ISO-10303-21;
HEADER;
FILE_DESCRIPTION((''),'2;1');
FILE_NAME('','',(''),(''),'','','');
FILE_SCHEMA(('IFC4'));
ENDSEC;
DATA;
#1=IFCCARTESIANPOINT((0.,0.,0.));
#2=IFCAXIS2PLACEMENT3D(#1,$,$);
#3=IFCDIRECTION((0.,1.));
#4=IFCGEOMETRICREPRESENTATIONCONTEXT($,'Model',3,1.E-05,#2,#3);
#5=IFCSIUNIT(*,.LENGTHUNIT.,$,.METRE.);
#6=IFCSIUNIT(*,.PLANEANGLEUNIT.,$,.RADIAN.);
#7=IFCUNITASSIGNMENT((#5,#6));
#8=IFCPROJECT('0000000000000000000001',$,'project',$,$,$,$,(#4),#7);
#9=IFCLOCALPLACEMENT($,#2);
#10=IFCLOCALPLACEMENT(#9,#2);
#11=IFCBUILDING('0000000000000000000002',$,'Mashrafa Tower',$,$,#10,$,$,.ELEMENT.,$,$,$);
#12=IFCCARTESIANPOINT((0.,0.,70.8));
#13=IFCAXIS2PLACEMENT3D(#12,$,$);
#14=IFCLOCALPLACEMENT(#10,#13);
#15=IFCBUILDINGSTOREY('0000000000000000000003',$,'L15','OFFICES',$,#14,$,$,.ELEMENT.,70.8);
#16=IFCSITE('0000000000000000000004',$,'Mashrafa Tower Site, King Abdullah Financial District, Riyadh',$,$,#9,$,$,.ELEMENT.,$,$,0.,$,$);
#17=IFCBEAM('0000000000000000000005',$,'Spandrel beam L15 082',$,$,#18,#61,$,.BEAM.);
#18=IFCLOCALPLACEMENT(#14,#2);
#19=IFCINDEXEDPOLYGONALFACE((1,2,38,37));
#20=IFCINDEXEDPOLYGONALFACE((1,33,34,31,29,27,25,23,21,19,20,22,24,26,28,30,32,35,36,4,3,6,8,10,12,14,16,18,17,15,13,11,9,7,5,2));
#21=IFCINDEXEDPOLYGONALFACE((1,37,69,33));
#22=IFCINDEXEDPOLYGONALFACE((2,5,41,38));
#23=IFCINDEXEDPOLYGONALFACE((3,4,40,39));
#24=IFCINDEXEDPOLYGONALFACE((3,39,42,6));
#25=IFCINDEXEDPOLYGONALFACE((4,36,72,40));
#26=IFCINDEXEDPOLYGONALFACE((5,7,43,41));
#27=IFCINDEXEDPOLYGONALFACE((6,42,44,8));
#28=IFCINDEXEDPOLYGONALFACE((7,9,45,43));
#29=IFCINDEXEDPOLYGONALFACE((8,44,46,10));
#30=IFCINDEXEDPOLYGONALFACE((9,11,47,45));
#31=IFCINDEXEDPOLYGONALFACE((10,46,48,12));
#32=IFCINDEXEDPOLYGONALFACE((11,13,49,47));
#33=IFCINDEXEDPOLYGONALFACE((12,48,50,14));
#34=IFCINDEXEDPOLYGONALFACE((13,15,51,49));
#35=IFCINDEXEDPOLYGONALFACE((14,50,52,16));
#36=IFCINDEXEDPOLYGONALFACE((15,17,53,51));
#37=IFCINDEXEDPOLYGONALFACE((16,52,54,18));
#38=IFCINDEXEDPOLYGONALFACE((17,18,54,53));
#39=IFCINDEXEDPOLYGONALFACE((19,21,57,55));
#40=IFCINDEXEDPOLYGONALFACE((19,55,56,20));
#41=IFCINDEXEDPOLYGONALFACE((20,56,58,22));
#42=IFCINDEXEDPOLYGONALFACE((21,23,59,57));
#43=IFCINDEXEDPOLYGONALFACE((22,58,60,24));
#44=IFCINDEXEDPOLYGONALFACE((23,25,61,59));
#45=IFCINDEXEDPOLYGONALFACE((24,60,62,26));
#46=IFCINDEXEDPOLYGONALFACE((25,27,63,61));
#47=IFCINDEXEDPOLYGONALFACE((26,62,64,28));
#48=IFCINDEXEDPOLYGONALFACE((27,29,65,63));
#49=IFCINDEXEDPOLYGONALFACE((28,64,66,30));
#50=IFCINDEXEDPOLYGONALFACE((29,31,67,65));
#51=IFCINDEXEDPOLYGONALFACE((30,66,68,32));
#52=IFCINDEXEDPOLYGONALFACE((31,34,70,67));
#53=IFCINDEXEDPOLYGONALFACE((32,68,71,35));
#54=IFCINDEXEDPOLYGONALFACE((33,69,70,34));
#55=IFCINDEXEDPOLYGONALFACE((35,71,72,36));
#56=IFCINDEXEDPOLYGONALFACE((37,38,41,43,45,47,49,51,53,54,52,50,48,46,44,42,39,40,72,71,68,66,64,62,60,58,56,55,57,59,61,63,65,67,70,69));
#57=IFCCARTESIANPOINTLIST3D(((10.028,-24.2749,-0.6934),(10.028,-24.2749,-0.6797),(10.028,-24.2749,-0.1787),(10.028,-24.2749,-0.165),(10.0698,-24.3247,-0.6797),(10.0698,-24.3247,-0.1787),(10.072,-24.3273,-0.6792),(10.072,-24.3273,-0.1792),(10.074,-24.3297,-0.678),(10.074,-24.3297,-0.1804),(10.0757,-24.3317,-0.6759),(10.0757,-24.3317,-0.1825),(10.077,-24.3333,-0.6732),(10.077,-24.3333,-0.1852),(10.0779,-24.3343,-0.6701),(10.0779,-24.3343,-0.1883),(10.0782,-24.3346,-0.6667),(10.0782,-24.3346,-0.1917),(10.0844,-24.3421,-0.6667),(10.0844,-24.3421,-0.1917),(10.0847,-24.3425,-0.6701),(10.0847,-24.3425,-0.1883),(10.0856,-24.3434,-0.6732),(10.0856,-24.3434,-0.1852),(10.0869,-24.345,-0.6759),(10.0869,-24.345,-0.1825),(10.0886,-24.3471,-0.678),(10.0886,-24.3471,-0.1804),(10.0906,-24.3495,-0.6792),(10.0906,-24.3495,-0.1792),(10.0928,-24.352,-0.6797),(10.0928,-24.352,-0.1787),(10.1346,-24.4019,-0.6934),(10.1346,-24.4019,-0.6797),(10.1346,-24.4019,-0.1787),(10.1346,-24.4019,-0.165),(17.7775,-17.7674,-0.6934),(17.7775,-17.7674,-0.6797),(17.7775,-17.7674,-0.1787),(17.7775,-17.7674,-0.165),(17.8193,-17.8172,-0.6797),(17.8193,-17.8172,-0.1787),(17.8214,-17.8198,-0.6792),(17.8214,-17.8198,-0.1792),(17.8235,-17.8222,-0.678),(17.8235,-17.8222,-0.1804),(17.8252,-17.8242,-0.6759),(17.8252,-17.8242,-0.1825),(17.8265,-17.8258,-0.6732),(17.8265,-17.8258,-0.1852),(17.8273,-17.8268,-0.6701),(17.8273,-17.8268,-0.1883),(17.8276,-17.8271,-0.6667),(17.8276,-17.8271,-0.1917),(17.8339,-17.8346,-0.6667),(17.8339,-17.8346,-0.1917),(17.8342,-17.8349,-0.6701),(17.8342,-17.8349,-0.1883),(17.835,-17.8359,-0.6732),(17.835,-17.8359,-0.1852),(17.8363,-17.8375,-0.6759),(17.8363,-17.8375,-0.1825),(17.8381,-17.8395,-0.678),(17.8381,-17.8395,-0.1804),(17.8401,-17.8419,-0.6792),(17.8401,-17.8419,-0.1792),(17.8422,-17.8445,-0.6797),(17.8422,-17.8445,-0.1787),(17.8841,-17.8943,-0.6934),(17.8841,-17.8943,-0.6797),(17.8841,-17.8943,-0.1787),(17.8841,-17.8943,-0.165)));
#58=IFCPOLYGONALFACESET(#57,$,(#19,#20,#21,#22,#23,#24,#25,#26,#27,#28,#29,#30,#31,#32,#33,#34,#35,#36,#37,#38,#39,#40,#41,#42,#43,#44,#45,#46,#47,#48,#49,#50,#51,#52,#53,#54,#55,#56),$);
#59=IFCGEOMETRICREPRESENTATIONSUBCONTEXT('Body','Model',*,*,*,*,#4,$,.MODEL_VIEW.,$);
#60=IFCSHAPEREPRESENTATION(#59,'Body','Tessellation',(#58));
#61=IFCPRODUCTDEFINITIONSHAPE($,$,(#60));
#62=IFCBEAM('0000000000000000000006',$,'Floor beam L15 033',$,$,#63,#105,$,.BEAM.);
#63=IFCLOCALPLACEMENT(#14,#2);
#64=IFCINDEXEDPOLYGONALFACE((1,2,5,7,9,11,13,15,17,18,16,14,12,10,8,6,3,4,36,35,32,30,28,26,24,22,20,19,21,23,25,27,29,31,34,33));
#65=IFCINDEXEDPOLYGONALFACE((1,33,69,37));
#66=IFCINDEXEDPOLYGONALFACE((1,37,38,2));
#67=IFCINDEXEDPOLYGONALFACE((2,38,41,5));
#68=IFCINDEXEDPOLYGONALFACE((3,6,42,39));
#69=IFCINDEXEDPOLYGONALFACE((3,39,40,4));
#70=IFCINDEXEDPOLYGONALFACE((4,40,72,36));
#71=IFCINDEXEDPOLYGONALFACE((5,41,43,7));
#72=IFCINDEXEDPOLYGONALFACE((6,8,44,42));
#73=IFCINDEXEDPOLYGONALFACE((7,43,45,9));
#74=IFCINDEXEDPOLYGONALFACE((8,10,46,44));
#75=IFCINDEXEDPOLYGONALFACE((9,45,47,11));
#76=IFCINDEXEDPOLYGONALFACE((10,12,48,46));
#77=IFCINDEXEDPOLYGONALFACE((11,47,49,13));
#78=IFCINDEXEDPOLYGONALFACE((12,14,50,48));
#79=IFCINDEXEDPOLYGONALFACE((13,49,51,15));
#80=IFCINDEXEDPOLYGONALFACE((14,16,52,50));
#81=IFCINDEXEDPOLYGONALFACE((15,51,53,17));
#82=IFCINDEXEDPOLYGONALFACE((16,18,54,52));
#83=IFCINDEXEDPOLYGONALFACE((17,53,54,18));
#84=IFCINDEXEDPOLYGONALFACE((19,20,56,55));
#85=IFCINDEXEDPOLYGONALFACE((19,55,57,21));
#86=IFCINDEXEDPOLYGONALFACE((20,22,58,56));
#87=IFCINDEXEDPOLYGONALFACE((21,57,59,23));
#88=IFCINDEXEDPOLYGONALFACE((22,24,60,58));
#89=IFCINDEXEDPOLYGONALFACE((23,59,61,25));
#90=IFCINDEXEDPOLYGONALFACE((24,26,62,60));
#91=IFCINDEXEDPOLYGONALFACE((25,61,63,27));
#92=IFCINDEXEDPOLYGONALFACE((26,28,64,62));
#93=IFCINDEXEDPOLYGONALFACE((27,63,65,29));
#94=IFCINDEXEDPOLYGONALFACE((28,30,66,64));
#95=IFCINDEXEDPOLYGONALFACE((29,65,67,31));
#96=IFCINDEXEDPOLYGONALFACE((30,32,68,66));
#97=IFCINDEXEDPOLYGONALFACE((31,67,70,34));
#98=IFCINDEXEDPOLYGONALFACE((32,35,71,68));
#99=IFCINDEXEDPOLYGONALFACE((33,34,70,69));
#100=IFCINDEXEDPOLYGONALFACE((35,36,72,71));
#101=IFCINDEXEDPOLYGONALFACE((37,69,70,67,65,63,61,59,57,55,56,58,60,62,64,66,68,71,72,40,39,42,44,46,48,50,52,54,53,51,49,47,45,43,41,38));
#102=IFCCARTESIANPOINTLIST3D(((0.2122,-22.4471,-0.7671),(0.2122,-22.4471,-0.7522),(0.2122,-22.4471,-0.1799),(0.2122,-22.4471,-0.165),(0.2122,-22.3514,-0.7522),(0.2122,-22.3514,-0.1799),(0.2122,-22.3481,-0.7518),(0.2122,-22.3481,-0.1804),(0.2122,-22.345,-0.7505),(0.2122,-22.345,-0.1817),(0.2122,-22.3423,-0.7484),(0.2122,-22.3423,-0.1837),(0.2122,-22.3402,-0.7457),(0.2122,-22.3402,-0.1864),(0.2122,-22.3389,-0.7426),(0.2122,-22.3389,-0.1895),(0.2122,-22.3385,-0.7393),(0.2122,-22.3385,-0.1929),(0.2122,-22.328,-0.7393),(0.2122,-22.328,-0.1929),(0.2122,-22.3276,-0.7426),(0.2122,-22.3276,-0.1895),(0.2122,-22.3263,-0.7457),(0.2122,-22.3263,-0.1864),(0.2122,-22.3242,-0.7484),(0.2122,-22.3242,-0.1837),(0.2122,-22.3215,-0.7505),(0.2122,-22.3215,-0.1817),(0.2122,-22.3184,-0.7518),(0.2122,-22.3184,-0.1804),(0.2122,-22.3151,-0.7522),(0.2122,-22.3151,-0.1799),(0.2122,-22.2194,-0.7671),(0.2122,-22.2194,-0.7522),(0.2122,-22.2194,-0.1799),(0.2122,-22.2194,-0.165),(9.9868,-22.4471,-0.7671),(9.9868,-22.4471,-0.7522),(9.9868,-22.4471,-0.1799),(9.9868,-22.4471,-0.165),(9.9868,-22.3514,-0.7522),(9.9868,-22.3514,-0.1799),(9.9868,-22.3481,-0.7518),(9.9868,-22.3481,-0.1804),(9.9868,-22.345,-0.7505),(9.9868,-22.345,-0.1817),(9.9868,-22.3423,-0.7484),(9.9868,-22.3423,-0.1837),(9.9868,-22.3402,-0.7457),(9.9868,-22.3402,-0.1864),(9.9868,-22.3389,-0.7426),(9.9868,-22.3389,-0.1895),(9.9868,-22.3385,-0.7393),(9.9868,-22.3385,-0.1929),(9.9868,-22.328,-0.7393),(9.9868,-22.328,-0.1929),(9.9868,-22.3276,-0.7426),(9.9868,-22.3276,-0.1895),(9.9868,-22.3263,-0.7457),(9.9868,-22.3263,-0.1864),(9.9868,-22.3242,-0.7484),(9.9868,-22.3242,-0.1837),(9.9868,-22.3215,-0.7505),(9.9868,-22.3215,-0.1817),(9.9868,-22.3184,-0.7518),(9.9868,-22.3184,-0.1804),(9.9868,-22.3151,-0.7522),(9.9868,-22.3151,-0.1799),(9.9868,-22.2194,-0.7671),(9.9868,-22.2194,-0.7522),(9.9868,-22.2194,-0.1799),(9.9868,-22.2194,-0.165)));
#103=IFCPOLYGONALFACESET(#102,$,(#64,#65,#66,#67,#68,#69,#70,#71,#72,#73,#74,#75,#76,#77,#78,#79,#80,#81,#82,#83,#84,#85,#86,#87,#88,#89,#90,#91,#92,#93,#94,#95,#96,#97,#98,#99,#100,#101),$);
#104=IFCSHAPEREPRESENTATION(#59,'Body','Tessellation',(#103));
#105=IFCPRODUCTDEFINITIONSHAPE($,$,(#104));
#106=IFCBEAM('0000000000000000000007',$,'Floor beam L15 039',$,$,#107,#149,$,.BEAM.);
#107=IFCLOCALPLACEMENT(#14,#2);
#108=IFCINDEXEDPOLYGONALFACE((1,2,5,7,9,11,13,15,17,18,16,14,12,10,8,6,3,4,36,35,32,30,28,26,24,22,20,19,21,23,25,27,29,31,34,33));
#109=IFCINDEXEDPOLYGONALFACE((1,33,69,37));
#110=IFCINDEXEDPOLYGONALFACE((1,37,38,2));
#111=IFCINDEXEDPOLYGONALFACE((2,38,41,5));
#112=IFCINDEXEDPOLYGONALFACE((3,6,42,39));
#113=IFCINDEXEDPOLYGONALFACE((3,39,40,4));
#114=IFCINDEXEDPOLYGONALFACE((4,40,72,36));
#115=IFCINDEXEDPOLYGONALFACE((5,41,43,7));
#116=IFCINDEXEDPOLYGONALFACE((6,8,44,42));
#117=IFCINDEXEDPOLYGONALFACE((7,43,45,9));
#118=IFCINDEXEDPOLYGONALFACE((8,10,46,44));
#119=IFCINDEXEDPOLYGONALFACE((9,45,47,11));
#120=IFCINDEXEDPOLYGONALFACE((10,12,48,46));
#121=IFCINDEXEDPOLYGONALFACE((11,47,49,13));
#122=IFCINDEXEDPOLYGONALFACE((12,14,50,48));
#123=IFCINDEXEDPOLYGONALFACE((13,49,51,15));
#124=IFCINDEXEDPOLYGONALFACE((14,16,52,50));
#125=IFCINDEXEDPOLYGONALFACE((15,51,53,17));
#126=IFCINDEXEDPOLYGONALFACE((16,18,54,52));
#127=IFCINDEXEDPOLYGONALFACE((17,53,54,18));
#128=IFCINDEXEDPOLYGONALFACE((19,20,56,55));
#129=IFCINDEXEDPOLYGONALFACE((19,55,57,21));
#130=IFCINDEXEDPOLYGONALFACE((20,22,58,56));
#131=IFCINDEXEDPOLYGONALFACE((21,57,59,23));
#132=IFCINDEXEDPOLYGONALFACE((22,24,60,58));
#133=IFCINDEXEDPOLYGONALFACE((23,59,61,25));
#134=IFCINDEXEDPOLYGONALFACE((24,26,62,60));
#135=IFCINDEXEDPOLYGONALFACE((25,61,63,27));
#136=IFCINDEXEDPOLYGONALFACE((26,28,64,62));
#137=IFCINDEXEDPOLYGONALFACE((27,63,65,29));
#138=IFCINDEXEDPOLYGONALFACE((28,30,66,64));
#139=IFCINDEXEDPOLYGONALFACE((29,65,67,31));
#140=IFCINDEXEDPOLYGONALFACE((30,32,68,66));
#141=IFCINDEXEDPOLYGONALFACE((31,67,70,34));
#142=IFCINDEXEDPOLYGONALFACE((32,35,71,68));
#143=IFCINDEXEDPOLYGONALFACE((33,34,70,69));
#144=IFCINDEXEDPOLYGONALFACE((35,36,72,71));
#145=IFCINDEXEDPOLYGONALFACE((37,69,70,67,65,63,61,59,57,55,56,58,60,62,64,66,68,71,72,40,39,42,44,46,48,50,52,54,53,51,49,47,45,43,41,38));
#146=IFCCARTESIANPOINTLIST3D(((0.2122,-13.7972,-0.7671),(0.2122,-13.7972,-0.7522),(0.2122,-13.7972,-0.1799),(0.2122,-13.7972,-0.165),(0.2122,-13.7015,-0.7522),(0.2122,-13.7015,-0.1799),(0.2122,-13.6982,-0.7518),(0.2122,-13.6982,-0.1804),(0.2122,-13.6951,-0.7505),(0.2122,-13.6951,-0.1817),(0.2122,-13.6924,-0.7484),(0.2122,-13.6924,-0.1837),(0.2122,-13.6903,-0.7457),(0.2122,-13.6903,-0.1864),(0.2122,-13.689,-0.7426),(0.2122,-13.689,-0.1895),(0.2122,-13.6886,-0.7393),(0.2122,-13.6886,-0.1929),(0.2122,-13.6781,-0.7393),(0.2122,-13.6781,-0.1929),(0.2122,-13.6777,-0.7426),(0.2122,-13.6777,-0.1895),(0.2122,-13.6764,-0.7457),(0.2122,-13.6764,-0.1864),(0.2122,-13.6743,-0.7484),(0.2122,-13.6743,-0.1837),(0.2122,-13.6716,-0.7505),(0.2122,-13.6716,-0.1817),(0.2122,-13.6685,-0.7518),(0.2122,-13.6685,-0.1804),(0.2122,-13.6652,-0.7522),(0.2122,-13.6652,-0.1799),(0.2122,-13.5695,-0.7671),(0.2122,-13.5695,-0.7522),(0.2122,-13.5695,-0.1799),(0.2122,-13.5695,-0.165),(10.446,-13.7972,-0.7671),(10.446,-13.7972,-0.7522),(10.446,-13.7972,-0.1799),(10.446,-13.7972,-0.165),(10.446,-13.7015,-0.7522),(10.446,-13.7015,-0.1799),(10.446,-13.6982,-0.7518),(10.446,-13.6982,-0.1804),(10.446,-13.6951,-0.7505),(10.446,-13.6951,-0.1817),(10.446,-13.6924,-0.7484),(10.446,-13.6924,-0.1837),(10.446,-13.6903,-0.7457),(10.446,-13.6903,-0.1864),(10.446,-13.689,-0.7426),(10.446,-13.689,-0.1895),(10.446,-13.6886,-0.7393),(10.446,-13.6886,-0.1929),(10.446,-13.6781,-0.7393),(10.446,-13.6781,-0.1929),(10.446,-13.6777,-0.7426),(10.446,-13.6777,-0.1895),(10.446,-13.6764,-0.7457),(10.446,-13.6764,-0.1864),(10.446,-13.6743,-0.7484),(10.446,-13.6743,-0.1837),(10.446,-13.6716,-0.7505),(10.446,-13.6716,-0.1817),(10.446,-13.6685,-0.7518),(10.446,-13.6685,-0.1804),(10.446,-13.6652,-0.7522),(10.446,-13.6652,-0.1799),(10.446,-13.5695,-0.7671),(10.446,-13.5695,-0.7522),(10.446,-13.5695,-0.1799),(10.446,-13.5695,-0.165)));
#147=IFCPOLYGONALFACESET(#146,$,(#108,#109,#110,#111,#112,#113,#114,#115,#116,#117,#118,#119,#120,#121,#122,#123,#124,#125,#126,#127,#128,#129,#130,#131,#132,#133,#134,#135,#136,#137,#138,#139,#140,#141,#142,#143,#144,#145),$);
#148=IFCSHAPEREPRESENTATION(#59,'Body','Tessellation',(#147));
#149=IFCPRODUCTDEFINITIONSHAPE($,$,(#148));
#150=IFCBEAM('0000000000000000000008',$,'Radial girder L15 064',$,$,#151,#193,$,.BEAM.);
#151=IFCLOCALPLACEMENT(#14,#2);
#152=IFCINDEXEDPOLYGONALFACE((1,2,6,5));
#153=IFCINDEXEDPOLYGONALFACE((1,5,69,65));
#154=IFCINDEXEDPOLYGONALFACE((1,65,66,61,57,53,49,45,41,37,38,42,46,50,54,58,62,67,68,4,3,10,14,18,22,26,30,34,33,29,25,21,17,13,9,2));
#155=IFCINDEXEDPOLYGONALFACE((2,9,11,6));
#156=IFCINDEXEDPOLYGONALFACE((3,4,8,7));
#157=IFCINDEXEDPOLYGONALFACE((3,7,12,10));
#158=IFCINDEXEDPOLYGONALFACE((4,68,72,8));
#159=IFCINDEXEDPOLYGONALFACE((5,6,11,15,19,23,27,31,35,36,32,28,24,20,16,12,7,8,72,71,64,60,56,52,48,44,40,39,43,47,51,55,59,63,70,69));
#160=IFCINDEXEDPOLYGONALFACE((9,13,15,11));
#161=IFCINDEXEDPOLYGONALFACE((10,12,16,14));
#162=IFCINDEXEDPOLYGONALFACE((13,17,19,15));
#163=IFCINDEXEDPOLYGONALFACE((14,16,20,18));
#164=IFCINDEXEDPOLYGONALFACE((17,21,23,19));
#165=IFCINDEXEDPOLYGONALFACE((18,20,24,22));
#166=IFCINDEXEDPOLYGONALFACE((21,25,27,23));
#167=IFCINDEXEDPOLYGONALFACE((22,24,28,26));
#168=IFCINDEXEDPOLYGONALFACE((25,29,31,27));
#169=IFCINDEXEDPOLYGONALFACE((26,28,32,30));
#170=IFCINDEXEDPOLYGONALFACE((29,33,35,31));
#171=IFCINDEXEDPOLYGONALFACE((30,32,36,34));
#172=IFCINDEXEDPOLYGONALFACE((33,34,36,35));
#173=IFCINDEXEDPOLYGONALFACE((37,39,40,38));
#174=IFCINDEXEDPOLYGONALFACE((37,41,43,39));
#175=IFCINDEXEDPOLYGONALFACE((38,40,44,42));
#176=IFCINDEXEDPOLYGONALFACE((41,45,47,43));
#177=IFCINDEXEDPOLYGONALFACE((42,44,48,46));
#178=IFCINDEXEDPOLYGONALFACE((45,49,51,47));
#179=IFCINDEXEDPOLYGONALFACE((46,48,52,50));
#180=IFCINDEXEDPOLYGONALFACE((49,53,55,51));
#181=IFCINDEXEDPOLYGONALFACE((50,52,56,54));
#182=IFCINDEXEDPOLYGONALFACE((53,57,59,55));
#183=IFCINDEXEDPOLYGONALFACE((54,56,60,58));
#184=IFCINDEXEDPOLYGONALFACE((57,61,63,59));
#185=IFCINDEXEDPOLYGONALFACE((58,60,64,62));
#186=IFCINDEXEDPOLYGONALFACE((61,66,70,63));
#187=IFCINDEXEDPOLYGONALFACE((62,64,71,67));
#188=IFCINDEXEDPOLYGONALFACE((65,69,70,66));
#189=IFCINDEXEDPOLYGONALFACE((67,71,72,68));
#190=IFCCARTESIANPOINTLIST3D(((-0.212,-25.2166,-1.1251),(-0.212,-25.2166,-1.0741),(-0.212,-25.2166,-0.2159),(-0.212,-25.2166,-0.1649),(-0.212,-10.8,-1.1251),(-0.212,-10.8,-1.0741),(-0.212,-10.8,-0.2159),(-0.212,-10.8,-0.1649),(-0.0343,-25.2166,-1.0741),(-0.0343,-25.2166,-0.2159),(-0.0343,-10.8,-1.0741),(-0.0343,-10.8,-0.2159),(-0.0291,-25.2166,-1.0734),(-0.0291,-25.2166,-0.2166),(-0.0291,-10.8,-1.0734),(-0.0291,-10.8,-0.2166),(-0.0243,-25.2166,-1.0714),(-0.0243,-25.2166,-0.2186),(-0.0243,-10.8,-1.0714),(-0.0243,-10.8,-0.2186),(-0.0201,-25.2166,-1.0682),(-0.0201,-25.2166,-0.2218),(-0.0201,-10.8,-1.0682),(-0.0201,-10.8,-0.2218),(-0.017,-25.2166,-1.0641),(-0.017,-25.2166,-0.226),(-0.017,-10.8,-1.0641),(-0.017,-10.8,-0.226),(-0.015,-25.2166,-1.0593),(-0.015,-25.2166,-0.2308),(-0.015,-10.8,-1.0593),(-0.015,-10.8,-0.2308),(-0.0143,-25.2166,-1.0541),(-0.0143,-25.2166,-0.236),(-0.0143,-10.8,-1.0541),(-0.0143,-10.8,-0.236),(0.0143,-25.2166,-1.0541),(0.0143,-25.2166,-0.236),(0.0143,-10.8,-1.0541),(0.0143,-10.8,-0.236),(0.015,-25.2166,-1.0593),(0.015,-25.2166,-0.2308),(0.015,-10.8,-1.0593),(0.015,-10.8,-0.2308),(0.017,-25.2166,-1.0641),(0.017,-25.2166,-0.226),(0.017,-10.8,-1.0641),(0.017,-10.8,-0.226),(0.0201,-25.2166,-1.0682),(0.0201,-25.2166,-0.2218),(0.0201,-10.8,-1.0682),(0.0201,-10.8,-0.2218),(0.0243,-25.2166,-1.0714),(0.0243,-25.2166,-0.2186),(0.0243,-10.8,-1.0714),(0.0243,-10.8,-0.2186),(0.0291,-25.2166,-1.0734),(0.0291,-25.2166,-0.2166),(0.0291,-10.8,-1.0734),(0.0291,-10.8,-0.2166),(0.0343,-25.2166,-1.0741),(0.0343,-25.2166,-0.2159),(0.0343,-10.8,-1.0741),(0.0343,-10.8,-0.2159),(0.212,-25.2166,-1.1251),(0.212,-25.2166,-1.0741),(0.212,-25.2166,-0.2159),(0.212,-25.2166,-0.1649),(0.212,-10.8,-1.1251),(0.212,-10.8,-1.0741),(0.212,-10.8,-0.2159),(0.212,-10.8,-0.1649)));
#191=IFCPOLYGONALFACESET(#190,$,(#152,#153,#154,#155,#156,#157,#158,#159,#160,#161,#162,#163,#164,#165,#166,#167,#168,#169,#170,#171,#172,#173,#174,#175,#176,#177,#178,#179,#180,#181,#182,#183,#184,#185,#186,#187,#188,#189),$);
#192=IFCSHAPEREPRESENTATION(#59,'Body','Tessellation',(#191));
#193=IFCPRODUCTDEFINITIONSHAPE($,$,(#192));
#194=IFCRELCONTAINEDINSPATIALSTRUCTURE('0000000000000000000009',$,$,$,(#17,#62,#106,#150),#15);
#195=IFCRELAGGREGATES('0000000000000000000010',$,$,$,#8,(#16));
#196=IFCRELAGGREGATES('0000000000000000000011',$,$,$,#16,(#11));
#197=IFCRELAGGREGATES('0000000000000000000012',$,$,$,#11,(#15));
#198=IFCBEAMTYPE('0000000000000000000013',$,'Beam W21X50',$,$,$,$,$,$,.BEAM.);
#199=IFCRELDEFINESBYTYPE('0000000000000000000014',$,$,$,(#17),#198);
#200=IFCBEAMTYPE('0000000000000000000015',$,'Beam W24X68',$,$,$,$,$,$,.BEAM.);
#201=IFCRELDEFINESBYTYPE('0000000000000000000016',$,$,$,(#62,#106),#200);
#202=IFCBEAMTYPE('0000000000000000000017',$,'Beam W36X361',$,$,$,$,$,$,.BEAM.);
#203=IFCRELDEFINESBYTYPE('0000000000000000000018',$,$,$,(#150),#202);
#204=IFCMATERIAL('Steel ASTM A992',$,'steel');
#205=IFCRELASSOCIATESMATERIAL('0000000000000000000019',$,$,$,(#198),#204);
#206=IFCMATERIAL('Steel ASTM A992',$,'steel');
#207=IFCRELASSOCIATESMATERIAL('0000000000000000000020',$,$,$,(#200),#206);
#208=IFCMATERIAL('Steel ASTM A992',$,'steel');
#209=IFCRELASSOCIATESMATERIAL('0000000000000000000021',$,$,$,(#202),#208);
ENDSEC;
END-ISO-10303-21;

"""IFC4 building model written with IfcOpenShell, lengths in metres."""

from ifc_helpers import new_model, si_unit, direction, frame, origin, origin_2d, place, context, subcontext, project, spatial, i_section, extrude, material, material_profile, profile_set, type_object, element, save


model = new_model("IFC4")

# Units and contexts
model_context = context("Model", 3, precision=1e-05, world=origin(), true_north=direction((0.0, 1.0)))
body_context = subcontext(model_context, "Body", "Model", "MODEL_VIEW")
ifc_project = project(units=[si_unit("LENGTHUNIT", "METRE"), si_unit("PLANEANGLEUNIT", "RADIAN")], contexts=[model_context])

# Site, building, storey
site_placement = place(None, origin())
site = spatial("IfcSite", under=ifc_project, at=site_placement, Name="Mashrafa Tower Site, King Abdullah Financial District, Riyadh", CompositionType="ELEMENT", RefElevation=0.0)
building_placement = place(site_placement, origin())
building = spatial("IfcBuilding", under=site, at=building_placement, Name="Mashrafa Tower", CompositionType="ELEMENT")
storey_placement = place(building_placement, frame((0.0, 0.0, 70.8)))
storey = spatial("IfcBuildingStorey", under=building, at=storey_placement, Name="L15", Description="OFFICES", CompositionType="ELEMENT", Elevation=70.8)

# Beams
ifc_material_1 = material(Name="Steel ASTM A992", Category="steel")
ifc_material_profile_1 = material_profile(ifc_material_1, i_section(OverallWidth=0.1658, OverallDepth=0.5283, WebThickness=0.0098, FlangeThickness=0.0137, FilletRadius=0.0129, at=origin_2d()), Name="W21X50")
ifc_profile_set_1 = profile_set([ifc_material_profile_1], Name="Steel ASTM A992")
beam_type_1 = type_object("IfcBeamType", Name="Beam W21X50", PredefinedType="BEAM", material=ifc_profile_set_1)
for number, where, z_axis, x_axis, name in (
    (1, (10.0813, -24.3384, -0.4292), (0.765803, 0.643075, 0.0), (-0.643075, 0.765803, 0.0), "Spandrel beam L15 082"),
):
    element("IfcBeam", number, at=place(storey_placement, frame(where, z_axis=z_axis, x_axis=x_axis)), inside=storey, type_object=beam_type_1, Name=name, PredefinedType="BEAM", context=body_context, shape_type="SweptSolid", body=[
        extrude(i_section(OverallWidth=0.1658, OverallDepth=0.5283, WebThickness=0.0098, FlangeThickness=0.0137, FilletRadius=0.0129, at=origin_2d()), origin(), (0.0, 0.0, 1.0), 10.1194),
    ])
ifc_material_2 = material(Name="Steel ASTM A992", Category="steel")
ifc_material_profile_2 = material_profile(ifc_material_2, i_section(OverallWidth=0.2278, OverallDepth=0.6021, WebThickness=0.0105, FlangeThickness=0.0149, FilletRadius=0.0129, at=origin_2d()), Name="W24X68")
ifc_profile_set_2 = profile_set([ifc_material_profile_2], Name="Steel ASTM A992")
beam_type_2 = type_object("IfcBeamType", Name="Beam W24X68", PredefinedType="BEAM", material=ifc_profile_set_2)
beam_1_placement = place(storey_placement, frame((9.9868, -22.3333, -0.4661), z_axis=(-1.0, 0.0, 0.0), x_axis=(0.0, -1.0, 0.0)))
element("IfcBeam", 2, at=beam_1_placement, inside=storey, type_object=beam_type_2, Name="Floor beam L15 033", PredefinedType="BEAM", context=body_context, shape_type="SweptSolid", body=[
    extrude(i_section(OverallWidth=0.2278, OverallDepth=0.6021, WebThickness=0.0105, FlangeThickness=0.0149, FilletRadius=0.0129, at=origin_2d()), origin(), (0.0, 0.0, 1.0), 9.7747),
])
beam_2_placement = place(storey_placement, frame((10.446, -13.6833, -0.4661), z_axis=(-1.0, 0.0, 0.0), x_axis=(0.0, -1.0, 0.0)))
element("IfcBeam", 3, at=beam_2_placement, inside=storey, type_object=beam_type_2, Name="Floor beam L15 039", PredefinedType="BEAM", context=body_context, shape_type="SweptSolid", body=[
    extrude(i_section(OverallWidth=0.2278, OverallDepth=0.6021, WebThickness=0.0105, FlangeThickness=0.0149, FilletRadius=0.0129, at=origin_2d()), origin(), (0.0, 0.0, 1.0), 10.2339),
])
ifc_material_3 = material(Name="Steel ASTM A992", Category="steel")
ifc_material_profile_3 = material_profile(ifc_material_3, i_section(OverallWidth=0.4241, OverallDepth=0.9602, WebThickness=0.0286, FlangeThickness=0.051, FilletRadius=0.02, at=origin_2d()), Name="W36X361")
ifc_profile_set_3 = profile_set([ifc_material_profile_3], Name="Steel ASTM A992")
beam_type_3 = type_object("IfcBeamType", Name="Beam W36X361", PredefinedType="BEAM", material=ifc_profile_set_3)
beam_3_placement = place(storey_placement, frame((0.0, -10.8, -0.645), z_axis=(0.0, -1.0, 0.0), x_axis=(1.0, 0.0, 0.0)))
element("IfcBeam", 4, at=beam_3_placement, inside=storey, type_object=beam_type_3, Name="Radial girder L15 064", PredefinedType="BEAM", context=body_context, shape_type="SweptSolid", body=[
    extrude(i_section(OverallWidth=0.4241, OverallDepth=0.9602, WebThickness=0.0286, FlangeThickness=0.051, FilletRadius=0.02, at=origin_2d()), origin(), (0.0, 0.0, 1.0), 14.4165),
])

save(model, "model.ifc")
